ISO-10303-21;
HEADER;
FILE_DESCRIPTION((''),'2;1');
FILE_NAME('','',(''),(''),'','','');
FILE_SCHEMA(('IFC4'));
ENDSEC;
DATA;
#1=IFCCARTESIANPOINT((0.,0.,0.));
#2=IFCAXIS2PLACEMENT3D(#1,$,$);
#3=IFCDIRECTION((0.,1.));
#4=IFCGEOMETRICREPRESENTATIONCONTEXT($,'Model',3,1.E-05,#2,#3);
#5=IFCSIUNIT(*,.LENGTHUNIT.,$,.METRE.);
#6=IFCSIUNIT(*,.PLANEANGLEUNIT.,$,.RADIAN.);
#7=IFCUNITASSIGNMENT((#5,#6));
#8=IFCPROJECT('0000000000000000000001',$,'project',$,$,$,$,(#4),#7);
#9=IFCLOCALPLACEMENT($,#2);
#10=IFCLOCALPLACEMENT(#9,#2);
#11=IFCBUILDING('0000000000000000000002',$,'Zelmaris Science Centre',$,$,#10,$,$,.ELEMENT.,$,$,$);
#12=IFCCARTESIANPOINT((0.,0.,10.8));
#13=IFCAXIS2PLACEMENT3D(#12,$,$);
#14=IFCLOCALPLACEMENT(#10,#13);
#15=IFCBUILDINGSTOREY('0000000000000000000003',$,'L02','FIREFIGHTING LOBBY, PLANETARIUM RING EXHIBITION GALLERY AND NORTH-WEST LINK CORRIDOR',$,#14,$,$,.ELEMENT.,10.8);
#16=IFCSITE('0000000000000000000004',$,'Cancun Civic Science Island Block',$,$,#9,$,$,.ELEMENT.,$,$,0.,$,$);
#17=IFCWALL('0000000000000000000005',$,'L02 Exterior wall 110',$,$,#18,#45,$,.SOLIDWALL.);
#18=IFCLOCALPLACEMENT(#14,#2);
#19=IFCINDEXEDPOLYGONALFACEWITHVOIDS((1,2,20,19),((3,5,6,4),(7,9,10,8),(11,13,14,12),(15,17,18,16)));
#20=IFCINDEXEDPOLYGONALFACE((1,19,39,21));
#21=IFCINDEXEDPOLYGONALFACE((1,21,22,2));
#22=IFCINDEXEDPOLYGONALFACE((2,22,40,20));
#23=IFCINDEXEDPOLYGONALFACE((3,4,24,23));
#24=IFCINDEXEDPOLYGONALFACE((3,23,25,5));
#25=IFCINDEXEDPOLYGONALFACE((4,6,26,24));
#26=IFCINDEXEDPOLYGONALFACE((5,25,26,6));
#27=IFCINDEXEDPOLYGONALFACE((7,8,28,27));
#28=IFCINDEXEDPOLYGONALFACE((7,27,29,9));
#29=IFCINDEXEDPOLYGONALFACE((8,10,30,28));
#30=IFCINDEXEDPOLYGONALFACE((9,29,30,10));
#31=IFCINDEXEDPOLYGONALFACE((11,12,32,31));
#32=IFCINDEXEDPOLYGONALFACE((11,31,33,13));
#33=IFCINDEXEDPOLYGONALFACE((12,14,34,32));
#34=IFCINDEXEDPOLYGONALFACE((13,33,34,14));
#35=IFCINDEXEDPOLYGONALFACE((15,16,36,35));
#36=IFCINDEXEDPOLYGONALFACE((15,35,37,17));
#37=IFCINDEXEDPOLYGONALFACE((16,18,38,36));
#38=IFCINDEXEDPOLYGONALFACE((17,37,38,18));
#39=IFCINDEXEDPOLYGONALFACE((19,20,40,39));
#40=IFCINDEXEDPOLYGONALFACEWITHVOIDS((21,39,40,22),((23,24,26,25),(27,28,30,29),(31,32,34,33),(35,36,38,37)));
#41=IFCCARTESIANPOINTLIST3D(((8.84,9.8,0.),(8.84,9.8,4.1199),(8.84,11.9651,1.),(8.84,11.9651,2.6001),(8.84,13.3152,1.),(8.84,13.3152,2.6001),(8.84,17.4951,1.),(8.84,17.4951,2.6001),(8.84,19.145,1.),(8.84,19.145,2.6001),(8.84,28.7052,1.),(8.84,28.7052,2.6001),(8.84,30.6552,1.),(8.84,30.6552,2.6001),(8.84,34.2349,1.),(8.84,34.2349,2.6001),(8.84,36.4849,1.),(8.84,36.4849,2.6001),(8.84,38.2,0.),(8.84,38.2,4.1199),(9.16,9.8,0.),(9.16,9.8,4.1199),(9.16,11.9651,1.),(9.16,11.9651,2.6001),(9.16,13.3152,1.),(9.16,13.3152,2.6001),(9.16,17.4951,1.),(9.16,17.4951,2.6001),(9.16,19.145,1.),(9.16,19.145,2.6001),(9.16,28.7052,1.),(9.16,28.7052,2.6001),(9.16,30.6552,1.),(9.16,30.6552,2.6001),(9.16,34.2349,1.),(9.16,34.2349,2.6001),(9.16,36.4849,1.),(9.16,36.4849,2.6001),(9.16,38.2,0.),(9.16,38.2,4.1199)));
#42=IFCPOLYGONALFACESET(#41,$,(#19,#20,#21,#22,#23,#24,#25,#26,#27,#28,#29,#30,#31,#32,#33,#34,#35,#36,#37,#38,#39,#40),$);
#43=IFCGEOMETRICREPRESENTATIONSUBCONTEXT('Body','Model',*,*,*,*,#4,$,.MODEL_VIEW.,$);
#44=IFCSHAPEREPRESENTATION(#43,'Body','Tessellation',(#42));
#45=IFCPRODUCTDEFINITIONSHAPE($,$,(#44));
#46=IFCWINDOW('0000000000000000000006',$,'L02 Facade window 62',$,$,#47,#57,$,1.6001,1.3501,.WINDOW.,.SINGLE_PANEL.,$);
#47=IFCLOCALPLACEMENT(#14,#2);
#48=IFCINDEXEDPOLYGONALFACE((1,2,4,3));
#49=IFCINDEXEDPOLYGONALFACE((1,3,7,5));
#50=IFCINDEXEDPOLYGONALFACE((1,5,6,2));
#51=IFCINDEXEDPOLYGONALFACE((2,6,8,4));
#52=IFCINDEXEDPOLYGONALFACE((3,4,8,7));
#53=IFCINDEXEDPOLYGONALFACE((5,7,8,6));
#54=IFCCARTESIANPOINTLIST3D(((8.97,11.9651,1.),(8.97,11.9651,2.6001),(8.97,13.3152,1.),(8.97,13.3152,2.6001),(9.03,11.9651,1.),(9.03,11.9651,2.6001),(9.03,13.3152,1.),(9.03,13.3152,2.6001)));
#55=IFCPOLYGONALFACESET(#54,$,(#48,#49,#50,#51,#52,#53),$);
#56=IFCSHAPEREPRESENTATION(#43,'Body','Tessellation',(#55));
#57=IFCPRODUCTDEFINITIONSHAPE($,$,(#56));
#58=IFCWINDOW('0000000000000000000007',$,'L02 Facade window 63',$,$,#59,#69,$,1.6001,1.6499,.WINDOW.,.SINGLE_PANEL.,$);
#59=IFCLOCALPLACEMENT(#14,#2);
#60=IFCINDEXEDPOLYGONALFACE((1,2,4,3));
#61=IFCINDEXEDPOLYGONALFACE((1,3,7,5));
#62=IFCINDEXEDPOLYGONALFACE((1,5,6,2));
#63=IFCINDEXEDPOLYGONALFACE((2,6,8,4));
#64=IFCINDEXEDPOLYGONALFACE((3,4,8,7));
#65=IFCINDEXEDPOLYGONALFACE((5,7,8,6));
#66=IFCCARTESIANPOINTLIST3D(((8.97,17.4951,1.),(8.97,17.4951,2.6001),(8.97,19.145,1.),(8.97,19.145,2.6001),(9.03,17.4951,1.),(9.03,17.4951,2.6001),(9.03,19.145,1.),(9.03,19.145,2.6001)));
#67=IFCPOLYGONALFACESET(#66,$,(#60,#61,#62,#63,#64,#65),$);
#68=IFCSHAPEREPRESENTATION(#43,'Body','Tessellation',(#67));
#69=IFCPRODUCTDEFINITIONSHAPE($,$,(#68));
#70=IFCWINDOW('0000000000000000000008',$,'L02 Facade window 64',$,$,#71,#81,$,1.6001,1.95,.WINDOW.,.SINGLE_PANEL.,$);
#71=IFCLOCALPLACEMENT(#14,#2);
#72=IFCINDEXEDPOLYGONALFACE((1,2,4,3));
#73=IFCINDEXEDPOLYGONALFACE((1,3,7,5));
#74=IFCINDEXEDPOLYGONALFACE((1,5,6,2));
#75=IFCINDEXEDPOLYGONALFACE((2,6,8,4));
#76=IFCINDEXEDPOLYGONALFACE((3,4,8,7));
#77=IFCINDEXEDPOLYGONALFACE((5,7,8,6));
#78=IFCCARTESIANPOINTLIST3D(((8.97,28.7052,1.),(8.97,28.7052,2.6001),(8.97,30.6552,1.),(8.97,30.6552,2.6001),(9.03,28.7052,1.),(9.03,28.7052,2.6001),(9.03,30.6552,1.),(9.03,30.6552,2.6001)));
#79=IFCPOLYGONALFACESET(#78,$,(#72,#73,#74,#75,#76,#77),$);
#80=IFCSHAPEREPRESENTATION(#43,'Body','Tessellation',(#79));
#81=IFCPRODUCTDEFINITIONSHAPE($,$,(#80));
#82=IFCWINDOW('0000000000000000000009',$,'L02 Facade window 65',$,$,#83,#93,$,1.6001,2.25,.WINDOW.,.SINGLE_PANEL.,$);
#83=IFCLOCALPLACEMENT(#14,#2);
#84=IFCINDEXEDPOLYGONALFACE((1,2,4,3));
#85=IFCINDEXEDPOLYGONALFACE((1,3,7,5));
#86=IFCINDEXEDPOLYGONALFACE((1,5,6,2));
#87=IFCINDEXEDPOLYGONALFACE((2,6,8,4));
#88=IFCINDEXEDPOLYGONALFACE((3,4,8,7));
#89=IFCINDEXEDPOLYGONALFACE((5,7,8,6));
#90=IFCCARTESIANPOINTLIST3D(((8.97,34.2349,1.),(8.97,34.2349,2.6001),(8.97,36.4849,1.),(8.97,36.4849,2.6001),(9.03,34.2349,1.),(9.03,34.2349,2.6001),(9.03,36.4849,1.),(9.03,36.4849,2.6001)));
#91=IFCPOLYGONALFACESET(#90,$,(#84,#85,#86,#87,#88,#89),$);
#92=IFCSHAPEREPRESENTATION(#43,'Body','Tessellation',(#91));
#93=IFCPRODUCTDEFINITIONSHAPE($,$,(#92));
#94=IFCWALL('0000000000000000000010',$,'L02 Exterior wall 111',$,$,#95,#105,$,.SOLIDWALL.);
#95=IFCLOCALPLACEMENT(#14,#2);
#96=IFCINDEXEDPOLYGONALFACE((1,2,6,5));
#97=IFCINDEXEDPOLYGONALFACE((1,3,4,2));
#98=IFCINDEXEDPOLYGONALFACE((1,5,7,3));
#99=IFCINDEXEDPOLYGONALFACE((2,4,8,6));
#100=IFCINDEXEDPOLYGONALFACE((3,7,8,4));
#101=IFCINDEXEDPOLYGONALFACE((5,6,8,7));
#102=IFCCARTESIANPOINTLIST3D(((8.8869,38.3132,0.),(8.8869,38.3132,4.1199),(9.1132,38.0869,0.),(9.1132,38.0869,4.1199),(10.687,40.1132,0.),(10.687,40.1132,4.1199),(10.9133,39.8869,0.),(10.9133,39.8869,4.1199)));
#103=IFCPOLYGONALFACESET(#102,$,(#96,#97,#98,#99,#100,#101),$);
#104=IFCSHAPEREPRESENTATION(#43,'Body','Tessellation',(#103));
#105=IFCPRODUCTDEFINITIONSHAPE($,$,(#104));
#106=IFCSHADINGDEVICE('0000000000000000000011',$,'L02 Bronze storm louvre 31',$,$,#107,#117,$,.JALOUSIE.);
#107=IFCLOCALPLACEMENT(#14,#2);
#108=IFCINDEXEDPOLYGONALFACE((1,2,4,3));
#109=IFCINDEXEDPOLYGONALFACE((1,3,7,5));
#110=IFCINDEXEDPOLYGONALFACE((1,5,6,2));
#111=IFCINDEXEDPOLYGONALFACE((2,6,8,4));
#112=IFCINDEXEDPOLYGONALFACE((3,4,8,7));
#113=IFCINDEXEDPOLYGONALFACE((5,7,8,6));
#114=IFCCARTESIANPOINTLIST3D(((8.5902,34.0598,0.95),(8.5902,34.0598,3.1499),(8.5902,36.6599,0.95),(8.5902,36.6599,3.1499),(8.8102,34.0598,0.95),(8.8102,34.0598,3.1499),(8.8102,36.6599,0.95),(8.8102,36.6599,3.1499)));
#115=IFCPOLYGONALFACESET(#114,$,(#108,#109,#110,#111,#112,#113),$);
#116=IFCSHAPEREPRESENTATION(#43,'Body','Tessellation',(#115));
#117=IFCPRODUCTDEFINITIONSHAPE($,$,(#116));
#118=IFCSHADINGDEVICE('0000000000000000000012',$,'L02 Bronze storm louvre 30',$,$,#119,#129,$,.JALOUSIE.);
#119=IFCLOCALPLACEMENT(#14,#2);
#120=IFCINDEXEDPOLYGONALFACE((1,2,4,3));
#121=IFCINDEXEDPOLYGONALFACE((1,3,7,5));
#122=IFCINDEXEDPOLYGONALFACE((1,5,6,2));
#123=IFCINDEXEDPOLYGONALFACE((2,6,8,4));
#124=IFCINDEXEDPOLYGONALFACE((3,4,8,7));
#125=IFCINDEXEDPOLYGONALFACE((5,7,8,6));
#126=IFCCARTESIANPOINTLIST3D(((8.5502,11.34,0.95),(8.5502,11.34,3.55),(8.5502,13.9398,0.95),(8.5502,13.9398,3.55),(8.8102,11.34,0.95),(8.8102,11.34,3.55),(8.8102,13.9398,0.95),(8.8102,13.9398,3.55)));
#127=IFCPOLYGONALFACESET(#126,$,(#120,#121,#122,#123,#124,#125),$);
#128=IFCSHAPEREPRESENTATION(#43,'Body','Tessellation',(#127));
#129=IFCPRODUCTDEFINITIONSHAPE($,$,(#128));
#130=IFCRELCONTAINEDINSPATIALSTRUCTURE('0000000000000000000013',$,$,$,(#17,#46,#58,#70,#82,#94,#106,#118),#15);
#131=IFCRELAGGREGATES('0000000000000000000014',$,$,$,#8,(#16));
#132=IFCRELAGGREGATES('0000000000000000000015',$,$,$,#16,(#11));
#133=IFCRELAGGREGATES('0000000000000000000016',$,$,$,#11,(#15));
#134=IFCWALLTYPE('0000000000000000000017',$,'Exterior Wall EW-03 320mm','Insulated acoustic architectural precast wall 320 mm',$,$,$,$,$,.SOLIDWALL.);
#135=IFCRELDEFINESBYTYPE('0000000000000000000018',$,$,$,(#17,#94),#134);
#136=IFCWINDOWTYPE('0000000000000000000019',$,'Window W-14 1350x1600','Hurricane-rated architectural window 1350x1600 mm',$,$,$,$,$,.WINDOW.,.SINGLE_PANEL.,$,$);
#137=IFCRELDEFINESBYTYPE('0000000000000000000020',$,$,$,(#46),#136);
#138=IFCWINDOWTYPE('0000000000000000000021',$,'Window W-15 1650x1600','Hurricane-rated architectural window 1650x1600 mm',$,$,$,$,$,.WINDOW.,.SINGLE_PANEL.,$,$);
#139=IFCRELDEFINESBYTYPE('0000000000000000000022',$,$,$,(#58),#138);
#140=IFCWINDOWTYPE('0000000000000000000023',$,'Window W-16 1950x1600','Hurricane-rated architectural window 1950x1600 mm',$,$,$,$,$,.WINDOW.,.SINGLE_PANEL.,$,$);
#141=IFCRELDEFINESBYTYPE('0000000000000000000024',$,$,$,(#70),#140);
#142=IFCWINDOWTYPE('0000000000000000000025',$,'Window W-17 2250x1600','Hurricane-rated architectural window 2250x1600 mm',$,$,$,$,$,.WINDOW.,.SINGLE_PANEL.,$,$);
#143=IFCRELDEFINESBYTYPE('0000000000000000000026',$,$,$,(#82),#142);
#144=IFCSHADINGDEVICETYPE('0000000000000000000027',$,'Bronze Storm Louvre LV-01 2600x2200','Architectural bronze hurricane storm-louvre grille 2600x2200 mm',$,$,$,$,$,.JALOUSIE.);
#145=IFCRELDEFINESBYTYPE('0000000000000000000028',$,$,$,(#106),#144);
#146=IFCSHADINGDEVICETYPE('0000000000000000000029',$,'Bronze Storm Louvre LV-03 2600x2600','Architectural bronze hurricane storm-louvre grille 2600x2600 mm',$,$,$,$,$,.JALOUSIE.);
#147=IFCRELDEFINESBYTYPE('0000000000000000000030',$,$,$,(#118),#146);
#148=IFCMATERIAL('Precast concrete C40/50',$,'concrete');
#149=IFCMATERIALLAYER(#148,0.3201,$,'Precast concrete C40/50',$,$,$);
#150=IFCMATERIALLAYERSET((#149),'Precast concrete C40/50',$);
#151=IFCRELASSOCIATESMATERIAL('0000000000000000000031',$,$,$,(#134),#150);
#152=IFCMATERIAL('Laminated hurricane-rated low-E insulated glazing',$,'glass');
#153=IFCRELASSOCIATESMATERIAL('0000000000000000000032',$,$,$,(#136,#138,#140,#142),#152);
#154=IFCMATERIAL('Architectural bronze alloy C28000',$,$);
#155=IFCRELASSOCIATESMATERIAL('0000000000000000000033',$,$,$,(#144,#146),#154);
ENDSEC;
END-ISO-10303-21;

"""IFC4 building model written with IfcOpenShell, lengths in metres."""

from ifc_helpers import new_model, si_unit, direction, frame, frame_2d, origin, place, context, subcontext, project, spatial, rectangle, extrude, material, layer, layer_set, type_object, element, fill, save


model = new_model("IFC4")

# Units and contexts
model_context = context("Model", 3, precision=1e-05, world=origin(), true_north=direction((0.0, 1.0)))
body_context = subcontext(model_context, "Body", "Model", "MODEL_VIEW")
ifc_project = project(units=[si_unit("LENGTHUNIT", "METRE"), si_unit("PLANEANGLEUNIT", "RADIAN")], contexts=[model_context])

# Site, building, storey
site_placement = place(None, origin())
site = spatial("IfcSite", under=ifc_project, at=site_placement, Name="Cancun Civic Science Island Block", CompositionType="ELEMENT", RefElevation=0.0)
building_placement = place(site_placement, origin())
building = spatial("IfcBuilding", under=site, at=building_placement, Name="Zelmaris Science Centre", CompositionType="ELEMENT")
storey_placement = place(building_placement, frame((0.0, 0.0, 10.8)))
storey = spatial("IfcBuildingStorey", under=building, at=storey_placement, Name="L02", Description="FIREFIGHTING LOBBY, PLANETARIUM RING EXHIBITION GALLERY AND NORTH-WEST LINK CORRIDOR", CompositionType="ELEMENT", Elevation=10.8)

# Wall, openings, windows
ifc_material_1 = material(Name="Precast concrete C40/50", Category="concrete")
ifc_layer = layer(ifc_material_1, 0.3201, Name="Precast concrete C40/50")
ifc_layer_set = layer_set([ifc_layer], Name="Precast concrete C40/50")
wall_type = type_object("IfcWallType", Name="Exterior Wall EW-03 320mm", Description="Insulated acoustic architectural precast wall 320 mm", PredefinedType="SOLIDWALL", material=ifc_layer_set)
wall_1_placement = place(storey_placement, frame((9.0, 9.8, 0.0), z_axis=(0.0, 0.0, 1.0), x_axis=(0.0, 1.0, 0.0)))
wall_1 = element("IfcWall", 1, at=wall_1_placement, inside=storey, type_object=wall_type, Name="L02 Exterior wall 110", PredefinedType="SOLIDWALL", context=body_context, shape_type="SweptSolid", body=[
    extrude(rectangle(XDim=28.3999, YDim=0.3201, at=frame_2d((14.2, 0.0))), origin(), (0.0, 0.0, 1.0), 4.1199),
])
opening_1_placement = place(wall_1_placement, frame((2.165, 0.0, 1.0)))
opening_1 = element("IfcOpeningElement", 2, at=opening_1_placement, cuts=wall_1, PredefinedType="OPENING", context=body_context, shape_type="SweptSolid", body=[
    extrude(rectangle(XDim=1.3501, YDim=1.6001, at=frame_2d((0.675, 0.8))), frame((0.0, 0.1699, 0.0), z_axis=(0.0, -1.0, 0.0), x_axis=(1.0, 0.0, 0.0)), (0.0, 0.0, 1.0), 0.3401),
])
opening_2_placement = place(wall_1_placement, frame((7.6951, 0.0, 1.0)))
opening_2 = element("IfcOpeningElement", 3, at=opening_2_placement, cuts=wall_1, PredefinedType="OPENING", context=body_context, shape_type="SweptSolid", body=[
    extrude(rectangle(XDim=1.6499, YDim=1.6001, at=frame_2d((0.825, 0.8))), frame((0.0, 0.1699, 0.0), z_axis=(0.0, -1.0, 0.0), x_axis=(1.0, 0.0, 0.0)), (0.0, 0.0, 1.0), 0.3401),
])
opening_3_placement = place(wall_1_placement, frame((18.905, 0.0, 1.0)))
opening_3 = element("IfcOpeningElement", 4, at=opening_3_placement, cuts=wall_1, PredefinedType="OPENING", context=body_context, shape_type="SweptSolid", body=[
    extrude(rectangle(XDim=1.95, YDim=1.6001, at=frame_2d((0.9751, 0.8))), frame((0.0, 0.1699, 0.0), z_axis=(0.0, -1.0, 0.0), x_axis=(1.0, 0.0, 0.0)), (0.0, 0.0, 1.0), 0.3401),
])
opening_4_placement = place(wall_1_placement, frame((24.4348, 0.0, 1.0)))
opening_4 = element("IfcOpeningElement", 5, at=opening_4_placement, cuts=wall_1, PredefinedType="OPENING", context=body_context, shape_type="SweptSolid", body=[
    extrude(rectangle(XDim=2.25, YDim=1.6001, at=frame_2d((1.125, 0.8))), frame((0.0, 0.1699, 0.0), z_axis=(0.0, -1.0, 0.0), x_axis=(1.0, 0.0, 0.0)), (0.0, 0.0, 1.0), 0.3401),
])
ifc_material_2 = material(Name="Laminated hurricane-rated low-E insulated glazing", Category="glass")
window_type_1 = type_object("IfcWindowType", Name="Window W-14 1350x1600", Description="Hurricane-rated architectural window 1350x1600 mm", PartitioningType="SINGLE_PANEL", PredefinedType="WINDOW", material=ifc_material_2)
window_1_placement = place(opening_1_placement, origin())
window_1 = element("IfcWindow", 6, at=window_1_placement, inside=storey, type_object=window_type_1, Name="L02 Facade window 62", OverallHeight=1.6001, OverallWidth=1.3501, PartitioningType="SINGLE_PANEL", PredefinedType="WINDOW", context=body_context, shape_type="SweptSolid", body=[
    extrude(rectangle(XDim=1.3501, YDim=1.6001, at=frame_2d((0.675, 0.8))), frame((0.0, 0.03, 0.0), z_axis=(0.0, -1.0, 0.0), x_axis=(1.0, 0.0, 0.0)), (0.0, 0.0, 1.0), 0.0601),
])
fill(opening_1, window_1)
window_type_2 = type_object("IfcWindowType", Name="Window W-15 1650x1600", Description="Hurricane-rated architectural window 1650x1600 mm", PartitioningType="SINGLE_PANEL", PredefinedType="WINDOW", material=ifc_material_2)
window_2_placement = place(opening_2_placement, origin())
window_2 = element("IfcWindow", 7, at=window_2_placement, inside=storey, type_object=window_type_2, Name="L02 Facade window 63", OverallHeight=1.6001, OverallWidth=1.6499, PartitioningType="SINGLE_PANEL", PredefinedType="WINDOW", context=body_context, shape_type="SweptSolid", body=[
    extrude(rectangle(XDim=1.6499, YDim=1.6001, at=frame_2d((0.825, 0.8))), frame((0.0, 0.03, 0.0), z_axis=(0.0, -1.0, 0.0), x_axis=(1.0, 0.0, 0.0)), (0.0, 0.0, 1.0), 0.0601),
])
fill(opening_2, window_2)
window_type_3 = type_object("IfcWindowType", Name="Window W-16 1950x1600", Description="Hurricane-rated architectural window 1950x1600 mm", PartitioningType="SINGLE_PANEL", PredefinedType="WINDOW", material=ifc_material_2)
window_3_placement = place(opening_3_placement, origin())
window_3 = element("IfcWindow", 8, at=window_3_placement, inside=storey, type_object=window_type_3, Name="L02 Facade window 64", OverallHeight=1.6001, OverallWidth=1.95, PartitioningType="SINGLE_PANEL", PredefinedType="WINDOW", context=body_context, shape_type="SweptSolid", body=[
    extrude(rectangle(XDim=1.95, YDim=1.6001, at=frame_2d((0.9751, 0.8))), frame((0.0, 0.03, 0.0), z_axis=(0.0, -1.0, 0.0), x_axis=(1.0, 0.0, 0.0)), (0.0, 0.0, 1.0), 0.0601),
])
fill(opening_3, window_3)
window_type_4 = type_object("IfcWindowType", Name="Window W-17 2250x1600", Description="Hurricane-rated architectural window 2250x1600 mm", PartitioningType="SINGLE_PANEL", PredefinedType="WINDOW", material=ifc_material_2)
window_4_placement = place(opening_4_placement, origin())
window_4 = element("IfcWindow", 9, at=window_4_placement, inside=storey, type_object=window_type_4, Name="L02 Facade window 65", OverallHeight=1.6001, OverallWidth=2.25, PartitioningType="SINGLE_PANEL", PredefinedType="WINDOW", context=body_context, shape_type="SweptSolid", body=[
    extrude(rectangle(XDim=2.25, YDim=1.6001, at=frame_2d((1.125, 0.8))), frame((0.0, 0.03, 0.0), z_axis=(0.0, -1.0, 0.0), x_axis=(1.0, 0.0, 0.0)), (0.0, 0.0, 1.0), 0.0601),
])
fill(opening_4, window_4)

# Wall
wall_2_placement = place(storey_placement, frame((9.0, 38.2, 0.0), z_axis=(0.0, 0.0, 1.0), x_axis=(0.707107, 0.707107, 0.0)))
element("IfcWall", 10, at=wall_2_placement, inside=storey, type_object=wall_type, Name="L02 Exterior wall 111", PredefinedType="SOLIDWALL", context=body_context, shape_type="SweptSolid", body=[
    extrude(rectangle(XDim=2.5457, YDim=0.3201, at=frame_2d((1.2729, 0.0))), origin(), (0.0, 0.0, 1.0), 4.1199),
])

# Shading devices
ifc_material_3 = material(Name="Architectural bronze alloy C28000")
shading_device_type_1 = type_object("IfcShadingDeviceType", Name="Bronze Storm Louvre LV-01 2600x2200", Description="Architectural bronze hurricane storm-louvre grille 2600x2200 mm", PredefinedType="JALOUSIE", material=ifc_material_3)
shading_device_1_placement = place(storey_placement, frame((8.7002, 34.0598, 0.95), z_axis=(0.0, 0.0, 1.0), x_axis=(0.0, 1.0, 0.0)))
element("IfcShadingDevice", 11, at=shading_device_1_placement, inside=storey, type_object=shading_device_type_1, Name="L02 Bronze storm louvre 31", PredefinedType="JALOUSIE", context=body_context, shape_type="SweptSolid", body=[
    extrude(rectangle(XDim=2.6001, YDim=0.22, at=frame_2d((1.3, 0.0))), origin(), (0.0, 0.0, 1.0), 2.2),
])
shading_device_type_2 = type_object("IfcShadingDeviceType", Name="Bronze Storm Louvre LV-03 2600x2600", Description="Architectural bronze hurricane storm-louvre grille 2600x2600 mm", PredefinedType="JALOUSIE", material=ifc_material_3)
shading_device_2_placement = place(storey_placement, frame((8.6802, 11.3401, 0.95), z_axis=(0.0, 0.0, 1.0), x_axis=(0.0, 1.0, 0.0)))
element("IfcShadingDevice", 12, at=shading_device_2_placement, inside=storey, type_object=shading_device_type_2, Name="L02 Bronze storm louvre 30", PredefinedType="JALOUSIE", context=body_context, shape_type="SweptSolid", body=[
    extrude(rectangle(XDim=2.5999, YDim=0.26, at=frame_2d((1.2998, 0.0))), origin(), (0.0, 0.0, 1.0), 2.6001),
])

save(model, "model.ifc")
